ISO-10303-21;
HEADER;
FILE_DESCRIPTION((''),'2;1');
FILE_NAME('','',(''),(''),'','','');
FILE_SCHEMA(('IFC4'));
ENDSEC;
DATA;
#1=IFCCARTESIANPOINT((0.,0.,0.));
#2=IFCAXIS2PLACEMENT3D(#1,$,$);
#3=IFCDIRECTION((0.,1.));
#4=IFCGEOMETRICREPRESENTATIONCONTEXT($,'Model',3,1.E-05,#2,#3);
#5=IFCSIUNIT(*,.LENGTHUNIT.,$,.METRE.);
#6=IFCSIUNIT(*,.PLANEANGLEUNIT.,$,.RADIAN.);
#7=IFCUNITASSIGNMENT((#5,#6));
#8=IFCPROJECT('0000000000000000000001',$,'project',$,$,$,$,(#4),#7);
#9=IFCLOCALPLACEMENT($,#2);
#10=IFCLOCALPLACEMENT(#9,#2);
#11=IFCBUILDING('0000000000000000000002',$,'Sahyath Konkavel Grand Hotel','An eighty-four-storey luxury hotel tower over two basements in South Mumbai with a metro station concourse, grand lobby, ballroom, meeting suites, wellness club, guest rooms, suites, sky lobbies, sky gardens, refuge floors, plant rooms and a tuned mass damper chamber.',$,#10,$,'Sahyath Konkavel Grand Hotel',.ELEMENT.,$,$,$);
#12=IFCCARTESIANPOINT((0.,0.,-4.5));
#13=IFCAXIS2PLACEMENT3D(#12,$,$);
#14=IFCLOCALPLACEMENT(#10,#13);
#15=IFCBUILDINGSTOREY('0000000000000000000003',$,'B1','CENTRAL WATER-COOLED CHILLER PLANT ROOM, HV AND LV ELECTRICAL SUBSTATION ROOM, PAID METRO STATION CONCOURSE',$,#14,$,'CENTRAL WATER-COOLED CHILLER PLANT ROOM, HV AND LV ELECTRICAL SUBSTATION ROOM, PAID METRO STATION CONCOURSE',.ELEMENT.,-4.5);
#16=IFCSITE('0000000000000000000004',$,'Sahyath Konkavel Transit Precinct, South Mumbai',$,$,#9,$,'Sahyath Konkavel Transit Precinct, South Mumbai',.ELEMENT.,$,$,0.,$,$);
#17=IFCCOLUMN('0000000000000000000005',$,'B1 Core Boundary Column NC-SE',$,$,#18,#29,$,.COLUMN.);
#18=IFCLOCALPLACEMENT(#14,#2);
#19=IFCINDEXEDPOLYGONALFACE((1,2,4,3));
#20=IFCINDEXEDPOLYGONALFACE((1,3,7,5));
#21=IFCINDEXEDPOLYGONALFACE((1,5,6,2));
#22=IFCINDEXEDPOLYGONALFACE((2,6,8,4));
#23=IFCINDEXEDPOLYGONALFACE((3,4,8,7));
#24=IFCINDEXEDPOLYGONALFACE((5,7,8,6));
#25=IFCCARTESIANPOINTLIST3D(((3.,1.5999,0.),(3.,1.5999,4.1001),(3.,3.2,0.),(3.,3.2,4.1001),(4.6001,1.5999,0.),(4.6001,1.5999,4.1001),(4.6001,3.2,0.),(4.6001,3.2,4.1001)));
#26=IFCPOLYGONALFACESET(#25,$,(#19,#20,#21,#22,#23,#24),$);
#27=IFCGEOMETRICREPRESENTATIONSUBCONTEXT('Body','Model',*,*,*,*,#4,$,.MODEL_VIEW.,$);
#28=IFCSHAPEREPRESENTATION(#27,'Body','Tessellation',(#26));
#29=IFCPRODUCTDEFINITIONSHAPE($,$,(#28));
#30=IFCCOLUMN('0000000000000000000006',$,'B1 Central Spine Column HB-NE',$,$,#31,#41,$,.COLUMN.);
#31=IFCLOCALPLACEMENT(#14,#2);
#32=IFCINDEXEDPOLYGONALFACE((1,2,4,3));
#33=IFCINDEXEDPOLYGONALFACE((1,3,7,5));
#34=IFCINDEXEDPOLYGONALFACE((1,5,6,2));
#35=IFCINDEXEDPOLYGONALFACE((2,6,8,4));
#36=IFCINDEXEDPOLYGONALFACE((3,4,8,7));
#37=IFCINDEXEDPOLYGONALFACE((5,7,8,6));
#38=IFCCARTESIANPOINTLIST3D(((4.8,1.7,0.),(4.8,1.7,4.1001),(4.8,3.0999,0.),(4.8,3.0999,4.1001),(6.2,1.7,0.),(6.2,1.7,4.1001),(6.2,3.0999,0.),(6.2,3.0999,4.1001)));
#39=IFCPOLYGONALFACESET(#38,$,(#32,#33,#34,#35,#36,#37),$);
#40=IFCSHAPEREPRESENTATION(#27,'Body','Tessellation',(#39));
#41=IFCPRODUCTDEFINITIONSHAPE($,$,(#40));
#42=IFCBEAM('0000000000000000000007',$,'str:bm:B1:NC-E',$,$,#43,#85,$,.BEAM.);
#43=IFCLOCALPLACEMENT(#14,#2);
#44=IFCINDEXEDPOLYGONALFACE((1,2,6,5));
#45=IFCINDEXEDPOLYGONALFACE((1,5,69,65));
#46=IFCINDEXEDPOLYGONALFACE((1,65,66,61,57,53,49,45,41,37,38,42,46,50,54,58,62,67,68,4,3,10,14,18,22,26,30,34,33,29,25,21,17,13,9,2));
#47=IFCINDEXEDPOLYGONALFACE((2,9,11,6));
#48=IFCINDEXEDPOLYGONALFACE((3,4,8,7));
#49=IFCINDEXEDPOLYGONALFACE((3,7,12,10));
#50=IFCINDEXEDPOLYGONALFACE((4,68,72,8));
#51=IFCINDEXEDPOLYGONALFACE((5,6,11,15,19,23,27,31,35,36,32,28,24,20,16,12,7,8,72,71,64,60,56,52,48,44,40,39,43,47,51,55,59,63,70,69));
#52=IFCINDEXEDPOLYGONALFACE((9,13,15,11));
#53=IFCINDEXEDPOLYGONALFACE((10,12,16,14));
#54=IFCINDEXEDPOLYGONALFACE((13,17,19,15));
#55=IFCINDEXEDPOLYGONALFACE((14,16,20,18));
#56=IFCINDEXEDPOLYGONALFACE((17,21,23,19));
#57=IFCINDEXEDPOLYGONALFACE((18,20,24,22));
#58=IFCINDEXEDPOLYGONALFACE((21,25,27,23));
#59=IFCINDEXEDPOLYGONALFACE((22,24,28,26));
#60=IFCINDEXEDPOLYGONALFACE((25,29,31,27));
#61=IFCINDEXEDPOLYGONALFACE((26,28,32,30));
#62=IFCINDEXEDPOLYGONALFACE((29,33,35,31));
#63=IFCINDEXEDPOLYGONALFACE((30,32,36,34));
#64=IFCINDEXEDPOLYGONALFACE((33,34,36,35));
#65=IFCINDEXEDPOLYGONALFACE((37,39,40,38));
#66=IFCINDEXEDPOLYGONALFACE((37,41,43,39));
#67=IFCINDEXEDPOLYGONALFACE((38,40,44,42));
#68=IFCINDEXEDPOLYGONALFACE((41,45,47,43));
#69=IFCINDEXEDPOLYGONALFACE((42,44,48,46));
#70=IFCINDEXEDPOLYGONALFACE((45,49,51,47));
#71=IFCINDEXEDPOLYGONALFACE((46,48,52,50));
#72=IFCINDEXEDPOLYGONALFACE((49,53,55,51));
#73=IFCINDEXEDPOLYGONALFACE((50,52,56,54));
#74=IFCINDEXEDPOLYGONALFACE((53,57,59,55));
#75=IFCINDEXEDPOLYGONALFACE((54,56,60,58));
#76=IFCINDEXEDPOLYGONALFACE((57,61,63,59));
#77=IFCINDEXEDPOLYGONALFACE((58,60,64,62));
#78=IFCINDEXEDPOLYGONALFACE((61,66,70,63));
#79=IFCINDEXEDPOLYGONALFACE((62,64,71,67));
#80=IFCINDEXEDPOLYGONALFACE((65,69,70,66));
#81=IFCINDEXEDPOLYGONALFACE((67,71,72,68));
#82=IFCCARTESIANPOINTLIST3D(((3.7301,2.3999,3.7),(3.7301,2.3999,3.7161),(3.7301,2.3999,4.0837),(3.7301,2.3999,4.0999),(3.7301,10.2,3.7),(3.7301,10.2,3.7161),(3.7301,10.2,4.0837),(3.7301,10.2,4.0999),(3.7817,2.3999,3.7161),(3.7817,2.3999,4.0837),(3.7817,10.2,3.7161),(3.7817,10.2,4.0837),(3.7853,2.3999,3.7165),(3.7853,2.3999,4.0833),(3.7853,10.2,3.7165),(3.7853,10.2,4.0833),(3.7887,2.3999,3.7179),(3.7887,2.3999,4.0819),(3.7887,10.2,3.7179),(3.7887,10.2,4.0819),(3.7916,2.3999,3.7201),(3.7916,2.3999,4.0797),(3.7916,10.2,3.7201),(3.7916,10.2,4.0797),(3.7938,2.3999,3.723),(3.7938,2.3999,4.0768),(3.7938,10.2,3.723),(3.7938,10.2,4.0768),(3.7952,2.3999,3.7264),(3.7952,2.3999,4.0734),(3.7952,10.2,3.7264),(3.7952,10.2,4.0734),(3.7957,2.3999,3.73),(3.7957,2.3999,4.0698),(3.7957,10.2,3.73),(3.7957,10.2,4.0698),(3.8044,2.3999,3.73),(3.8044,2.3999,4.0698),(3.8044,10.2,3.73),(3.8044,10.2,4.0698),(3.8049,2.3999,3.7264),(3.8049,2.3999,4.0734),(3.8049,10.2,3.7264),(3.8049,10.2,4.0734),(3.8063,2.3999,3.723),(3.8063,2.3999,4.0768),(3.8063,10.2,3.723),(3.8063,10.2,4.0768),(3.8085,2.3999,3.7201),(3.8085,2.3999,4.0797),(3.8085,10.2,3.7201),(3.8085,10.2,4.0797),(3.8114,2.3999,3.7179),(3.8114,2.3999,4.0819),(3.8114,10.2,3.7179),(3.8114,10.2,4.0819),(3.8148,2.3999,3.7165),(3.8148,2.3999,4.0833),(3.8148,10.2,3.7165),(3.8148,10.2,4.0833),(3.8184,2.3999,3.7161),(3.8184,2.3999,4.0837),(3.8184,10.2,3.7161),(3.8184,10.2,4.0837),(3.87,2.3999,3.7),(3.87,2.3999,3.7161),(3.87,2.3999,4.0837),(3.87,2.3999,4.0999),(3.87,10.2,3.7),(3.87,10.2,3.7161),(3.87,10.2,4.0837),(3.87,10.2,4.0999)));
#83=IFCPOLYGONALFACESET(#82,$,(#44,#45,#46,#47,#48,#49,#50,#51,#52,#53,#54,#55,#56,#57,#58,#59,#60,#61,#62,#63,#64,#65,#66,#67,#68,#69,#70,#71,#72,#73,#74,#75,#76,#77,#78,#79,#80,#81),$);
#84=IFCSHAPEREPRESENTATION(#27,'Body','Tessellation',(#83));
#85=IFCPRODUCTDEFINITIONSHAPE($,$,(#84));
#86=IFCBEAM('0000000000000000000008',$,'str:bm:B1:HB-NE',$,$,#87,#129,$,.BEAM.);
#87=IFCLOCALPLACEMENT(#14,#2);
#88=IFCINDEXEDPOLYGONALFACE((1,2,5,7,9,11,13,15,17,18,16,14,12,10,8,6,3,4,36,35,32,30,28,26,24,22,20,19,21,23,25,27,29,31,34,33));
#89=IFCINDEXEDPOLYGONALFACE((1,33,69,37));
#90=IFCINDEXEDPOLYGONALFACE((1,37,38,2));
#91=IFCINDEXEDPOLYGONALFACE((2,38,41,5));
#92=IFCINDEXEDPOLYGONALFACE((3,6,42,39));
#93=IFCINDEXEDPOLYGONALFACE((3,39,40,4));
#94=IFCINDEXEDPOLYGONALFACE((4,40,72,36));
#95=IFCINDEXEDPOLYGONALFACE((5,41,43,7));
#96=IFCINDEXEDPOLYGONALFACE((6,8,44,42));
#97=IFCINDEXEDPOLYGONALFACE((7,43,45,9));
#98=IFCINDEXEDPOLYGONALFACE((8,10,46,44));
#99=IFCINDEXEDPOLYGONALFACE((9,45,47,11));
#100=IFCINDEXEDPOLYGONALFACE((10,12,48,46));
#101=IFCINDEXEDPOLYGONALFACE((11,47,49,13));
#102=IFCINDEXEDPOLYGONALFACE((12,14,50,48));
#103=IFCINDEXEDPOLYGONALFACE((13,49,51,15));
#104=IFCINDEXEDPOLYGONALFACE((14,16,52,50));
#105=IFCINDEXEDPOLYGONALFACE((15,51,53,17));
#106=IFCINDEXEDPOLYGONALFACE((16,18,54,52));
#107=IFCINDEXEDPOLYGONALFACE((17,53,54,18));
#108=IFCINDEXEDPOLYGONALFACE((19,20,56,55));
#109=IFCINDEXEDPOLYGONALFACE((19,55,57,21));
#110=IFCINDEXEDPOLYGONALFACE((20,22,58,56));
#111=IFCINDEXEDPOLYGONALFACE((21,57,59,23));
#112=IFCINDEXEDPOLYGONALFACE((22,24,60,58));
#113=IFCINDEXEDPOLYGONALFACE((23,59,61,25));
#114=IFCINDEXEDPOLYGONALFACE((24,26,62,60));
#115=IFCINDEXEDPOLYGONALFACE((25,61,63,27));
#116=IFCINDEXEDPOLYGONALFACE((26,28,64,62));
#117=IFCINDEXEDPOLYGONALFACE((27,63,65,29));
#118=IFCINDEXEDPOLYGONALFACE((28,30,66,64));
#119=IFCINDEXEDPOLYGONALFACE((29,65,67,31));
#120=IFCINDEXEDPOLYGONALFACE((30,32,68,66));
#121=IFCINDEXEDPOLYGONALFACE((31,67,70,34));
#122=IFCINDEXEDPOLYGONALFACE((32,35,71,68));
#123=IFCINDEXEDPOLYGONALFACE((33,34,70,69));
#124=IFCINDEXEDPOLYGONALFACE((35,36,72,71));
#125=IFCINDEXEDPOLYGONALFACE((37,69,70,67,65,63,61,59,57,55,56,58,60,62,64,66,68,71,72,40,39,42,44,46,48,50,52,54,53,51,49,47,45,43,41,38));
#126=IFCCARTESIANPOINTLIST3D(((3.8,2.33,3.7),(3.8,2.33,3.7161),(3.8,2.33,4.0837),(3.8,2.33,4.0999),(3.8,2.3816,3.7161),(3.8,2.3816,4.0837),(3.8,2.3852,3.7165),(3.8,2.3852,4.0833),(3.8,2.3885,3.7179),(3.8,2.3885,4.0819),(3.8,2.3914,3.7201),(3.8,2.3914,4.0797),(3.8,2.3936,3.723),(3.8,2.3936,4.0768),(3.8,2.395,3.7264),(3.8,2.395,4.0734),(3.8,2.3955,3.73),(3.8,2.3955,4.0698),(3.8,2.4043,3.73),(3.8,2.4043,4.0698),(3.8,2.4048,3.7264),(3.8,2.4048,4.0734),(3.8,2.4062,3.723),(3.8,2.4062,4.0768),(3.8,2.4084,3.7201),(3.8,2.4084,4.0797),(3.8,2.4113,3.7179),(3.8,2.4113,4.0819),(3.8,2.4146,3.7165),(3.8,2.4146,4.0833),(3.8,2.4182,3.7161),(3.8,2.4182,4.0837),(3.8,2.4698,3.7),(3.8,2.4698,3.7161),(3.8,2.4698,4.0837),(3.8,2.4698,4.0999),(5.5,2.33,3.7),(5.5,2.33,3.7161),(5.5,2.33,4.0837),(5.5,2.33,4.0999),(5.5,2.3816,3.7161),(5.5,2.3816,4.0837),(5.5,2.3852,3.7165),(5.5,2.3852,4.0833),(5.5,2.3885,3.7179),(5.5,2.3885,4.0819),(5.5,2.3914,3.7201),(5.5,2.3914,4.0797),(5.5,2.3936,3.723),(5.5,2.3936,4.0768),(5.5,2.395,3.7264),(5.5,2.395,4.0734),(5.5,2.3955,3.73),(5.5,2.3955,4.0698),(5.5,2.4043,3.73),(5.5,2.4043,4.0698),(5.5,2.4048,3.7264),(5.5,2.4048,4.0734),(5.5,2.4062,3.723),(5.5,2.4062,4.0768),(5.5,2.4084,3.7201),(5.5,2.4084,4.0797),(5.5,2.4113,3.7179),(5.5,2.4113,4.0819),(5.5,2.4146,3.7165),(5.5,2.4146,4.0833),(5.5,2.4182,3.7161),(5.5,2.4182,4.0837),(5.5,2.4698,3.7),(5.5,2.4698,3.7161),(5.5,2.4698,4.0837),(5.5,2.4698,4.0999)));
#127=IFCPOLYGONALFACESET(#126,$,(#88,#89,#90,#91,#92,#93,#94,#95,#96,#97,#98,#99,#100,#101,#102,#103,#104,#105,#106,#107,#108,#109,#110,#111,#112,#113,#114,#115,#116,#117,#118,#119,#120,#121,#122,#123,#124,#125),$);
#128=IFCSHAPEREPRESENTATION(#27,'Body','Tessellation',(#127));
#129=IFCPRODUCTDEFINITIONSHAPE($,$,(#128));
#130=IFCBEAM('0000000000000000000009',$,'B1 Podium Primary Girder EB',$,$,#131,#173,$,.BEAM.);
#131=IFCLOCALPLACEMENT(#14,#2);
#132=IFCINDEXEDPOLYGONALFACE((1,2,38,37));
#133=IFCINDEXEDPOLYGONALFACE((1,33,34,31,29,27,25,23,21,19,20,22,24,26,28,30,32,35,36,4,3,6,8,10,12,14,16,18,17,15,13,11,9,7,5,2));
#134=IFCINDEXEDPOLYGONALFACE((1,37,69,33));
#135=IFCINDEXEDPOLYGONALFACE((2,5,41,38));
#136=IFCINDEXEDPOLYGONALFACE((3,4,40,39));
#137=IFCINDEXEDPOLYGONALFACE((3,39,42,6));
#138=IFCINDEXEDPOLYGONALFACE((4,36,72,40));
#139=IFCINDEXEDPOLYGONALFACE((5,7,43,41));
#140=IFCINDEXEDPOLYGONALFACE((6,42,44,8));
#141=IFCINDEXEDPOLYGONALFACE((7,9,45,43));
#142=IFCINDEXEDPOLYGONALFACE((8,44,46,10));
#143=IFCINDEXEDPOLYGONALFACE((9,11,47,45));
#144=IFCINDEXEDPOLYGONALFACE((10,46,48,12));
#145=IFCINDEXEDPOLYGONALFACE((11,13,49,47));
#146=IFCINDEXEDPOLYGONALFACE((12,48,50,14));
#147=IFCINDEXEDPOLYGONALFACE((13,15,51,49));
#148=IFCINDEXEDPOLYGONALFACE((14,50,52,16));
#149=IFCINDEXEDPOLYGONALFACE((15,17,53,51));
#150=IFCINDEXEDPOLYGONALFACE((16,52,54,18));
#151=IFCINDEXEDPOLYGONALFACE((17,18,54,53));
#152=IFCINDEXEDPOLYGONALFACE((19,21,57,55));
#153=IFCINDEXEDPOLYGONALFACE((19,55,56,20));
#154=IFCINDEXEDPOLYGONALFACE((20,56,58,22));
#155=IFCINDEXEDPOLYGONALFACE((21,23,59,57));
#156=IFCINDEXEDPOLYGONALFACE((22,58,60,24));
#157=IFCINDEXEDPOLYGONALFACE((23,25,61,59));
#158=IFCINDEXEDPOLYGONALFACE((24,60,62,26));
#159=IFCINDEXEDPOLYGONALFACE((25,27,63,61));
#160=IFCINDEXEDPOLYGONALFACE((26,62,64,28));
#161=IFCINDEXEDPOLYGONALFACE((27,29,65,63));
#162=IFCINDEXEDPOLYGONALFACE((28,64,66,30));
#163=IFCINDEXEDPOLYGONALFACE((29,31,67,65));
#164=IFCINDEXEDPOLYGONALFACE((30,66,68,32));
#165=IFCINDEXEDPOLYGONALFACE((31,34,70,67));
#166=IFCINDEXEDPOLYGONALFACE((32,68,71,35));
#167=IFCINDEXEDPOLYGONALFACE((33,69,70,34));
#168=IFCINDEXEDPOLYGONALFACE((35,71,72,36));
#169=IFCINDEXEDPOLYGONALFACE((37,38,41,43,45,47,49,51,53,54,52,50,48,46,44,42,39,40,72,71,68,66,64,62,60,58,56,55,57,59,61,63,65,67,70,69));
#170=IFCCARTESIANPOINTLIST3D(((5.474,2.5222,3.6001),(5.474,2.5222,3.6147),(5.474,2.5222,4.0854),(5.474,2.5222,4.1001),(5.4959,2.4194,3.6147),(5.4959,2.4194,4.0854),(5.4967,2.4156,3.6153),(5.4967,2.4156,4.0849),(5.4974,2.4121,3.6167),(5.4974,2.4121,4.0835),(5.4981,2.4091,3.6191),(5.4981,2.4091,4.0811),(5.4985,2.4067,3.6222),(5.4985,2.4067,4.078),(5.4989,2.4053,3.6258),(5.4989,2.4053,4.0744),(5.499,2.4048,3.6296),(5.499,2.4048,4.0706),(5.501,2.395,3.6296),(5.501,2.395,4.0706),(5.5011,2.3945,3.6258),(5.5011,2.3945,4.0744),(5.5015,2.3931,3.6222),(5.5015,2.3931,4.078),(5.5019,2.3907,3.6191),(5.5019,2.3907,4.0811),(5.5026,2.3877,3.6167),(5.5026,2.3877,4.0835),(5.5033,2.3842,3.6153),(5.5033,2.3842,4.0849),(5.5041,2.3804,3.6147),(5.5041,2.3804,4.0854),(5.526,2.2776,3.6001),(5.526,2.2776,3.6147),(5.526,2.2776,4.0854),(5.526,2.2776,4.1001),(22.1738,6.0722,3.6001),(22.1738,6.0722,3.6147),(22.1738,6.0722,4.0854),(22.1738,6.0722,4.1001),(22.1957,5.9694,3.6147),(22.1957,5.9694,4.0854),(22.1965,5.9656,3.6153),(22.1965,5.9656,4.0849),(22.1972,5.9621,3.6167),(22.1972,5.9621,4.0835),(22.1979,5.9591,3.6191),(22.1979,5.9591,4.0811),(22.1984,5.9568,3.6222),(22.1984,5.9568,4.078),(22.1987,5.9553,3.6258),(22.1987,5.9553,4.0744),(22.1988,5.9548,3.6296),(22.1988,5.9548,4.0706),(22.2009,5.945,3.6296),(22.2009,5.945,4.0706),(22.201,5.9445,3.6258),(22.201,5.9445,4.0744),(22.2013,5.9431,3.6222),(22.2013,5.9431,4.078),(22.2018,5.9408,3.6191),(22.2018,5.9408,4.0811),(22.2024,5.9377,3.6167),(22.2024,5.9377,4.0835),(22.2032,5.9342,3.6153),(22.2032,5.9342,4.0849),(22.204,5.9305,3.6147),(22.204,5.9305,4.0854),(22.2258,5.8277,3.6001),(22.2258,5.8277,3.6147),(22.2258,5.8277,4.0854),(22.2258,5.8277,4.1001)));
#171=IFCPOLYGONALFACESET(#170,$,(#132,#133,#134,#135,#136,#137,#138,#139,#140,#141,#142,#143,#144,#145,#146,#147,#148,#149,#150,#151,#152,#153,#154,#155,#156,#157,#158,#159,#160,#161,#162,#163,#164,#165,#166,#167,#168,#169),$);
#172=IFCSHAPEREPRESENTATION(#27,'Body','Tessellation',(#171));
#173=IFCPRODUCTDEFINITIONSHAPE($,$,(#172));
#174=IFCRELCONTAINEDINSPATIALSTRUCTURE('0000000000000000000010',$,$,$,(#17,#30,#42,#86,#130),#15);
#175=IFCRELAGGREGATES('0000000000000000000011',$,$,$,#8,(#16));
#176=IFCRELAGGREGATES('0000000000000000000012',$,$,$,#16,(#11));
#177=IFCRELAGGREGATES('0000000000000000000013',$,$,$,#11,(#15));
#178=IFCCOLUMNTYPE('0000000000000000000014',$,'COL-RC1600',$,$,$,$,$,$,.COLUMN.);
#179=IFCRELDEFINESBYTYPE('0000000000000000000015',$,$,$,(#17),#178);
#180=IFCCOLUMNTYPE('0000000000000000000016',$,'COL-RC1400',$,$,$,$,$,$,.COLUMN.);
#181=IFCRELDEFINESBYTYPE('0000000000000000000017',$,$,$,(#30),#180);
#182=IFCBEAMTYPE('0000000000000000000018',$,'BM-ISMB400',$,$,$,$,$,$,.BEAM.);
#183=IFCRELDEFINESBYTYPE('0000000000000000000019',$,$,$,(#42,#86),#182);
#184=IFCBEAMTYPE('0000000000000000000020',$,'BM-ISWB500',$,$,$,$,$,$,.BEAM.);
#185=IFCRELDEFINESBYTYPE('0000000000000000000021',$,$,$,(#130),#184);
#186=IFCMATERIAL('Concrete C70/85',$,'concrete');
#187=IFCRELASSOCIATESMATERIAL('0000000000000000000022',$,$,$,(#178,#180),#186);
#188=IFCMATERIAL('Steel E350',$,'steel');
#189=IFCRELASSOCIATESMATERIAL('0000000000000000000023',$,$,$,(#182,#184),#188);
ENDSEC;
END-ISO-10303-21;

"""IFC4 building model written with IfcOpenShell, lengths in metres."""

from ifc_helpers import new_model, si_unit, direction, frame, origin, origin_2d, place, context, subcontext, project, spatial, rectangle, i_section, extrude, source, transform, mapped, material, material_profile, profile_set, type_object, element, save


model = new_model("IFC4")

# Units and contexts
model_context = context("Model", 3, precision=1e-05, world=origin(), true_north=direction((0.0, 1.0)))
body_context = subcontext(model_context, "Body", "Model", "MODEL_VIEW")
ifc_project = project(units=[si_unit("LENGTHUNIT", "METRE"), si_unit("PLANEANGLEUNIT", "RADIAN")], contexts=[model_context])

# Site, building, storey
site_placement = place(None, origin())
site = spatial("IfcSite", under=ifc_project, at=site_placement, Name="Sahyath Konkavel Transit Precinct, South Mumbai", LongName="Sahyath Konkavel Transit Precinct, South Mumbai", CompositionType="ELEMENT", RefElevation=0.0)
building_placement = place(site_placement, origin())
building = spatial("IfcBuilding", under=site, at=building_placement, Name="Sahyath Konkavel Grand Hotel", Description="An eighty-four-storey luxury hotel tower over two basements in South Mumbai with a metro station concourse, grand lobby, ballroom, meeting suites, wellness club, guest rooms, suites, sky lobbies, sky gardens, refuge floors, plant rooms and a tuned mass damper chamber.", LongName="Sahyath Konkavel Grand Hotel", CompositionType="ELEMENT")
storey_placement = place(building_placement, frame((0.0, 0.0, -4.5)))
storey = spatial("IfcBuildingStorey", under=building, at=storey_placement, Name="B1", Description="CENTRAL WATER-COOLED CHILLER PLANT ROOM, HV AND LV ELECTRICAL SUBSTATION ROOM, PAID METRO STATION CONCOURSE", LongName="CENTRAL WATER-COOLED CHILLER PLANT ROOM, HV AND LV ELECTRICAL SUBSTATION ROOM, PAID METRO STATION CONCOURSE", CompositionType="ELEMENT", Elevation=-4.5)

# Columns
ifc_material_1 = material(Name="Concrete C70/85", Category="concrete")
ifc_material_profile_1 = material_profile(ifc_material_1, rectangle(XDim=1.6001, YDim=1.6001, at=origin_2d()), Name="RC 1600x1600")
ifc_profile_set_1 = profile_set([ifc_material_profile_1], Name="Concrete C70/85")
column_type_1 = type_object("IfcColumnType", Name="COL-RC1600", PredefinedType="COLUMN", material=ifc_profile_set_1)
shared_shape_1 = source(origin(), body_context, "Body", "SweptSolid", [
    extrude(rectangle(XDim=1.6001, YDim=1.6001, at=origin_2d()), origin(), (0.0, 0.0, 1.0), 4.1001),
])
column_1_placement = place(storey_placement, frame((3.8, 2.3999, 0.0), z_axis=(0.0, 0.0, 1.0), x_axis=(1.0, 0.0, 0.0)))
element("IfcColumn", 1, at=column_1_placement, inside=storey, type_object=column_type_1, Name="B1 Core Boundary Column NC-SE", PredefinedType="COLUMN", context=body_context, shape_type="MappedRepresentation", body=[
    mapped(shared_shape_1, transform((0.0, 0.0, 0.0), scale=1.0)),
])
ifc_material_profile_2 = material_profile(ifc_material_1, rectangle(XDim=1.3999, YDim=1.3999, at=origin_2d()), Name="RC 1400x1400")
ifc_profile_set_2 = profile_set([ifc_material_profile_2], Name="Concrete C70/85")
column_type_2 = type_object("IfcColumnType", Name="COL-RC1400", PredefinedType="COLUMN", material=ifc_profile_set_2)
shared_shape_2 = source(origin(), body_context, "Body", "SweptSolid", [
    extrude(rectangle(XDim=1.3999, YDim=1.3999, at=origin_2d()), origin(), (0.0, 0.0, 1.0), 4.1001),
])
column_2_placement = place(storey_placement, frame((5.5, 2.3999, 0.0), z_axis=(0.0, 0.0, 1.0), x_axis=(1.0, 0.0, 0.0)))
element("IfcColumn", 2, at=column_2_placement, inside=storey, type_object=column_type_2, Name="B1 Central Spine Column HB-NE", PredefinedType="COLUMN", context=body_context, shape_type="MappedRepresentation", body=[
    mapped(shared_shape_2, transform((0.0, 0.0, 0.0), scale=1.0)),
])

# Beams
ifc_material_2 = material(Name="Steel E350", Category="steel")
ifc_material_profile_3 = material_profile(ifc_material_2, i_section(OverallWidth=0.1399, OverallDepth=0.3999, WebThickness=0.0088, FlangeThickness=0.0161, FilletRadius=0.0139, at=origin_2d()), Name="ISMB 400")
ifc_profile_set_3 = profile_set([ifc_material_profile_3], Name="Steel E350")
beam_type_1 = type_object("IfcBeamType", Name="BM-ISMB400", PredefinedType="BEAM", material=ifc_profile_set_3)
shared_shape_3 = source(origin(), body_context, "Body", "SweptSolid", [
    extrude(i_section(OverallWidth=0.1399, OverallDepth=0.3999, WebThickness=0.0088, FlangeThickness=0.0161, FilletRadius=0.0139, at=origin_2d()), origin(), (0.0, 0.0, 1.0), 7.8),
])
beam_1_placement = place(storey_placement, frame((3.8, 2.3999, 3.8999), z_axis=(0.0, 1.0, 0.0), x_axis=(-1.0, 0.0, 0.0)))
element("IfcBeam", 3, at=beam_1_placement, inside=storey, type_object=beam_type_1, Name="str:bm:B1:NC-E", PredefinedType="BEAM", context=body_context, shape_type="MappedRepresentation", body=[
    mapped(shared_shape_3, transform((0.0, 0.0, 0.0), scale=1.0)),
])
shared_shape_4 = source(origin(), body_context, "Body", "SweptSolid", [
    extrude(i_section(OverallWidth=0.1399, OverallDepth=0.3999, WebThickness=0.0088, FlangeThickness=0.0161, FilletRadius=0.0139, at=origin_2d()), origin(), (0.0, 0.0, 1.0), 1.7),
])
beam_2_placement = place(storey_placement, frame((3.8, 2.3999, 3.8999), z_axis=(1.0, 0.0, 0.0), x_axis=(0.0, 1.0, 0.0)))
element("IfcBeam", 4, at=beam_2_placement, inside=storey, type_object=beam_type_1, Name="str:bm:B1:HB-NE", PredefinedType="BEAM", context=body_context, shape_type="MappedRepresentation", body=[
    mapped(shared_shape_4, transform((0.0, 0.0, 0.0), scale=1.0)),
])
ifc_material_profile_4 = material_profile(ifc_material_2, i_section(OverallWidth=0.25, OverallDepth=0.5, WebThickness=0.01, FlangeThickness=0.0146, FilletRadius=0.0149, at=origin_2d()), Name="ISWB 500")
ifc_profile_set_4 = profile_set([ifc_material_profile_4], Name="Steel E350")
beam_type_2 = type_object("IfcBeamType", Name="BM-ISWB500", PredefinedType="BEAM", material=ifc_profile_set_4)
shared_shape_5 = source(origin(), body_context, "Body", "SweptSolid", [
    extrude(i_section(OverallWidth=0.25, OverallDepth=0.5, WebThickness=0.01, FlangeThickness=0.0146, FilletRadius=0.0149, at=origin_2d()), origin(), (0.0, 0.0, 1.0), 17.073),
])
beam_3_placement = place(storey_placement, frame((5.5, 2.3999, 3.8501), z_axis=(0.978143, 0.207932, 0.0), x_axis=(-0.207932, 0.978143, 0.0)))
element("IfcBeam", 5, at=beam_3_placement, inside=storey, type_object=beam_type_2, Name="B1 Podium Primary Girder EB", PredefinedType="BEAM", context=body_context, shape_type="MappedRepresentation", body=[
    mapped(shared_shape_5, transform((0.0, 0.0, 0.0), scale=1.0)),
])

save(model, "model.ifc")
